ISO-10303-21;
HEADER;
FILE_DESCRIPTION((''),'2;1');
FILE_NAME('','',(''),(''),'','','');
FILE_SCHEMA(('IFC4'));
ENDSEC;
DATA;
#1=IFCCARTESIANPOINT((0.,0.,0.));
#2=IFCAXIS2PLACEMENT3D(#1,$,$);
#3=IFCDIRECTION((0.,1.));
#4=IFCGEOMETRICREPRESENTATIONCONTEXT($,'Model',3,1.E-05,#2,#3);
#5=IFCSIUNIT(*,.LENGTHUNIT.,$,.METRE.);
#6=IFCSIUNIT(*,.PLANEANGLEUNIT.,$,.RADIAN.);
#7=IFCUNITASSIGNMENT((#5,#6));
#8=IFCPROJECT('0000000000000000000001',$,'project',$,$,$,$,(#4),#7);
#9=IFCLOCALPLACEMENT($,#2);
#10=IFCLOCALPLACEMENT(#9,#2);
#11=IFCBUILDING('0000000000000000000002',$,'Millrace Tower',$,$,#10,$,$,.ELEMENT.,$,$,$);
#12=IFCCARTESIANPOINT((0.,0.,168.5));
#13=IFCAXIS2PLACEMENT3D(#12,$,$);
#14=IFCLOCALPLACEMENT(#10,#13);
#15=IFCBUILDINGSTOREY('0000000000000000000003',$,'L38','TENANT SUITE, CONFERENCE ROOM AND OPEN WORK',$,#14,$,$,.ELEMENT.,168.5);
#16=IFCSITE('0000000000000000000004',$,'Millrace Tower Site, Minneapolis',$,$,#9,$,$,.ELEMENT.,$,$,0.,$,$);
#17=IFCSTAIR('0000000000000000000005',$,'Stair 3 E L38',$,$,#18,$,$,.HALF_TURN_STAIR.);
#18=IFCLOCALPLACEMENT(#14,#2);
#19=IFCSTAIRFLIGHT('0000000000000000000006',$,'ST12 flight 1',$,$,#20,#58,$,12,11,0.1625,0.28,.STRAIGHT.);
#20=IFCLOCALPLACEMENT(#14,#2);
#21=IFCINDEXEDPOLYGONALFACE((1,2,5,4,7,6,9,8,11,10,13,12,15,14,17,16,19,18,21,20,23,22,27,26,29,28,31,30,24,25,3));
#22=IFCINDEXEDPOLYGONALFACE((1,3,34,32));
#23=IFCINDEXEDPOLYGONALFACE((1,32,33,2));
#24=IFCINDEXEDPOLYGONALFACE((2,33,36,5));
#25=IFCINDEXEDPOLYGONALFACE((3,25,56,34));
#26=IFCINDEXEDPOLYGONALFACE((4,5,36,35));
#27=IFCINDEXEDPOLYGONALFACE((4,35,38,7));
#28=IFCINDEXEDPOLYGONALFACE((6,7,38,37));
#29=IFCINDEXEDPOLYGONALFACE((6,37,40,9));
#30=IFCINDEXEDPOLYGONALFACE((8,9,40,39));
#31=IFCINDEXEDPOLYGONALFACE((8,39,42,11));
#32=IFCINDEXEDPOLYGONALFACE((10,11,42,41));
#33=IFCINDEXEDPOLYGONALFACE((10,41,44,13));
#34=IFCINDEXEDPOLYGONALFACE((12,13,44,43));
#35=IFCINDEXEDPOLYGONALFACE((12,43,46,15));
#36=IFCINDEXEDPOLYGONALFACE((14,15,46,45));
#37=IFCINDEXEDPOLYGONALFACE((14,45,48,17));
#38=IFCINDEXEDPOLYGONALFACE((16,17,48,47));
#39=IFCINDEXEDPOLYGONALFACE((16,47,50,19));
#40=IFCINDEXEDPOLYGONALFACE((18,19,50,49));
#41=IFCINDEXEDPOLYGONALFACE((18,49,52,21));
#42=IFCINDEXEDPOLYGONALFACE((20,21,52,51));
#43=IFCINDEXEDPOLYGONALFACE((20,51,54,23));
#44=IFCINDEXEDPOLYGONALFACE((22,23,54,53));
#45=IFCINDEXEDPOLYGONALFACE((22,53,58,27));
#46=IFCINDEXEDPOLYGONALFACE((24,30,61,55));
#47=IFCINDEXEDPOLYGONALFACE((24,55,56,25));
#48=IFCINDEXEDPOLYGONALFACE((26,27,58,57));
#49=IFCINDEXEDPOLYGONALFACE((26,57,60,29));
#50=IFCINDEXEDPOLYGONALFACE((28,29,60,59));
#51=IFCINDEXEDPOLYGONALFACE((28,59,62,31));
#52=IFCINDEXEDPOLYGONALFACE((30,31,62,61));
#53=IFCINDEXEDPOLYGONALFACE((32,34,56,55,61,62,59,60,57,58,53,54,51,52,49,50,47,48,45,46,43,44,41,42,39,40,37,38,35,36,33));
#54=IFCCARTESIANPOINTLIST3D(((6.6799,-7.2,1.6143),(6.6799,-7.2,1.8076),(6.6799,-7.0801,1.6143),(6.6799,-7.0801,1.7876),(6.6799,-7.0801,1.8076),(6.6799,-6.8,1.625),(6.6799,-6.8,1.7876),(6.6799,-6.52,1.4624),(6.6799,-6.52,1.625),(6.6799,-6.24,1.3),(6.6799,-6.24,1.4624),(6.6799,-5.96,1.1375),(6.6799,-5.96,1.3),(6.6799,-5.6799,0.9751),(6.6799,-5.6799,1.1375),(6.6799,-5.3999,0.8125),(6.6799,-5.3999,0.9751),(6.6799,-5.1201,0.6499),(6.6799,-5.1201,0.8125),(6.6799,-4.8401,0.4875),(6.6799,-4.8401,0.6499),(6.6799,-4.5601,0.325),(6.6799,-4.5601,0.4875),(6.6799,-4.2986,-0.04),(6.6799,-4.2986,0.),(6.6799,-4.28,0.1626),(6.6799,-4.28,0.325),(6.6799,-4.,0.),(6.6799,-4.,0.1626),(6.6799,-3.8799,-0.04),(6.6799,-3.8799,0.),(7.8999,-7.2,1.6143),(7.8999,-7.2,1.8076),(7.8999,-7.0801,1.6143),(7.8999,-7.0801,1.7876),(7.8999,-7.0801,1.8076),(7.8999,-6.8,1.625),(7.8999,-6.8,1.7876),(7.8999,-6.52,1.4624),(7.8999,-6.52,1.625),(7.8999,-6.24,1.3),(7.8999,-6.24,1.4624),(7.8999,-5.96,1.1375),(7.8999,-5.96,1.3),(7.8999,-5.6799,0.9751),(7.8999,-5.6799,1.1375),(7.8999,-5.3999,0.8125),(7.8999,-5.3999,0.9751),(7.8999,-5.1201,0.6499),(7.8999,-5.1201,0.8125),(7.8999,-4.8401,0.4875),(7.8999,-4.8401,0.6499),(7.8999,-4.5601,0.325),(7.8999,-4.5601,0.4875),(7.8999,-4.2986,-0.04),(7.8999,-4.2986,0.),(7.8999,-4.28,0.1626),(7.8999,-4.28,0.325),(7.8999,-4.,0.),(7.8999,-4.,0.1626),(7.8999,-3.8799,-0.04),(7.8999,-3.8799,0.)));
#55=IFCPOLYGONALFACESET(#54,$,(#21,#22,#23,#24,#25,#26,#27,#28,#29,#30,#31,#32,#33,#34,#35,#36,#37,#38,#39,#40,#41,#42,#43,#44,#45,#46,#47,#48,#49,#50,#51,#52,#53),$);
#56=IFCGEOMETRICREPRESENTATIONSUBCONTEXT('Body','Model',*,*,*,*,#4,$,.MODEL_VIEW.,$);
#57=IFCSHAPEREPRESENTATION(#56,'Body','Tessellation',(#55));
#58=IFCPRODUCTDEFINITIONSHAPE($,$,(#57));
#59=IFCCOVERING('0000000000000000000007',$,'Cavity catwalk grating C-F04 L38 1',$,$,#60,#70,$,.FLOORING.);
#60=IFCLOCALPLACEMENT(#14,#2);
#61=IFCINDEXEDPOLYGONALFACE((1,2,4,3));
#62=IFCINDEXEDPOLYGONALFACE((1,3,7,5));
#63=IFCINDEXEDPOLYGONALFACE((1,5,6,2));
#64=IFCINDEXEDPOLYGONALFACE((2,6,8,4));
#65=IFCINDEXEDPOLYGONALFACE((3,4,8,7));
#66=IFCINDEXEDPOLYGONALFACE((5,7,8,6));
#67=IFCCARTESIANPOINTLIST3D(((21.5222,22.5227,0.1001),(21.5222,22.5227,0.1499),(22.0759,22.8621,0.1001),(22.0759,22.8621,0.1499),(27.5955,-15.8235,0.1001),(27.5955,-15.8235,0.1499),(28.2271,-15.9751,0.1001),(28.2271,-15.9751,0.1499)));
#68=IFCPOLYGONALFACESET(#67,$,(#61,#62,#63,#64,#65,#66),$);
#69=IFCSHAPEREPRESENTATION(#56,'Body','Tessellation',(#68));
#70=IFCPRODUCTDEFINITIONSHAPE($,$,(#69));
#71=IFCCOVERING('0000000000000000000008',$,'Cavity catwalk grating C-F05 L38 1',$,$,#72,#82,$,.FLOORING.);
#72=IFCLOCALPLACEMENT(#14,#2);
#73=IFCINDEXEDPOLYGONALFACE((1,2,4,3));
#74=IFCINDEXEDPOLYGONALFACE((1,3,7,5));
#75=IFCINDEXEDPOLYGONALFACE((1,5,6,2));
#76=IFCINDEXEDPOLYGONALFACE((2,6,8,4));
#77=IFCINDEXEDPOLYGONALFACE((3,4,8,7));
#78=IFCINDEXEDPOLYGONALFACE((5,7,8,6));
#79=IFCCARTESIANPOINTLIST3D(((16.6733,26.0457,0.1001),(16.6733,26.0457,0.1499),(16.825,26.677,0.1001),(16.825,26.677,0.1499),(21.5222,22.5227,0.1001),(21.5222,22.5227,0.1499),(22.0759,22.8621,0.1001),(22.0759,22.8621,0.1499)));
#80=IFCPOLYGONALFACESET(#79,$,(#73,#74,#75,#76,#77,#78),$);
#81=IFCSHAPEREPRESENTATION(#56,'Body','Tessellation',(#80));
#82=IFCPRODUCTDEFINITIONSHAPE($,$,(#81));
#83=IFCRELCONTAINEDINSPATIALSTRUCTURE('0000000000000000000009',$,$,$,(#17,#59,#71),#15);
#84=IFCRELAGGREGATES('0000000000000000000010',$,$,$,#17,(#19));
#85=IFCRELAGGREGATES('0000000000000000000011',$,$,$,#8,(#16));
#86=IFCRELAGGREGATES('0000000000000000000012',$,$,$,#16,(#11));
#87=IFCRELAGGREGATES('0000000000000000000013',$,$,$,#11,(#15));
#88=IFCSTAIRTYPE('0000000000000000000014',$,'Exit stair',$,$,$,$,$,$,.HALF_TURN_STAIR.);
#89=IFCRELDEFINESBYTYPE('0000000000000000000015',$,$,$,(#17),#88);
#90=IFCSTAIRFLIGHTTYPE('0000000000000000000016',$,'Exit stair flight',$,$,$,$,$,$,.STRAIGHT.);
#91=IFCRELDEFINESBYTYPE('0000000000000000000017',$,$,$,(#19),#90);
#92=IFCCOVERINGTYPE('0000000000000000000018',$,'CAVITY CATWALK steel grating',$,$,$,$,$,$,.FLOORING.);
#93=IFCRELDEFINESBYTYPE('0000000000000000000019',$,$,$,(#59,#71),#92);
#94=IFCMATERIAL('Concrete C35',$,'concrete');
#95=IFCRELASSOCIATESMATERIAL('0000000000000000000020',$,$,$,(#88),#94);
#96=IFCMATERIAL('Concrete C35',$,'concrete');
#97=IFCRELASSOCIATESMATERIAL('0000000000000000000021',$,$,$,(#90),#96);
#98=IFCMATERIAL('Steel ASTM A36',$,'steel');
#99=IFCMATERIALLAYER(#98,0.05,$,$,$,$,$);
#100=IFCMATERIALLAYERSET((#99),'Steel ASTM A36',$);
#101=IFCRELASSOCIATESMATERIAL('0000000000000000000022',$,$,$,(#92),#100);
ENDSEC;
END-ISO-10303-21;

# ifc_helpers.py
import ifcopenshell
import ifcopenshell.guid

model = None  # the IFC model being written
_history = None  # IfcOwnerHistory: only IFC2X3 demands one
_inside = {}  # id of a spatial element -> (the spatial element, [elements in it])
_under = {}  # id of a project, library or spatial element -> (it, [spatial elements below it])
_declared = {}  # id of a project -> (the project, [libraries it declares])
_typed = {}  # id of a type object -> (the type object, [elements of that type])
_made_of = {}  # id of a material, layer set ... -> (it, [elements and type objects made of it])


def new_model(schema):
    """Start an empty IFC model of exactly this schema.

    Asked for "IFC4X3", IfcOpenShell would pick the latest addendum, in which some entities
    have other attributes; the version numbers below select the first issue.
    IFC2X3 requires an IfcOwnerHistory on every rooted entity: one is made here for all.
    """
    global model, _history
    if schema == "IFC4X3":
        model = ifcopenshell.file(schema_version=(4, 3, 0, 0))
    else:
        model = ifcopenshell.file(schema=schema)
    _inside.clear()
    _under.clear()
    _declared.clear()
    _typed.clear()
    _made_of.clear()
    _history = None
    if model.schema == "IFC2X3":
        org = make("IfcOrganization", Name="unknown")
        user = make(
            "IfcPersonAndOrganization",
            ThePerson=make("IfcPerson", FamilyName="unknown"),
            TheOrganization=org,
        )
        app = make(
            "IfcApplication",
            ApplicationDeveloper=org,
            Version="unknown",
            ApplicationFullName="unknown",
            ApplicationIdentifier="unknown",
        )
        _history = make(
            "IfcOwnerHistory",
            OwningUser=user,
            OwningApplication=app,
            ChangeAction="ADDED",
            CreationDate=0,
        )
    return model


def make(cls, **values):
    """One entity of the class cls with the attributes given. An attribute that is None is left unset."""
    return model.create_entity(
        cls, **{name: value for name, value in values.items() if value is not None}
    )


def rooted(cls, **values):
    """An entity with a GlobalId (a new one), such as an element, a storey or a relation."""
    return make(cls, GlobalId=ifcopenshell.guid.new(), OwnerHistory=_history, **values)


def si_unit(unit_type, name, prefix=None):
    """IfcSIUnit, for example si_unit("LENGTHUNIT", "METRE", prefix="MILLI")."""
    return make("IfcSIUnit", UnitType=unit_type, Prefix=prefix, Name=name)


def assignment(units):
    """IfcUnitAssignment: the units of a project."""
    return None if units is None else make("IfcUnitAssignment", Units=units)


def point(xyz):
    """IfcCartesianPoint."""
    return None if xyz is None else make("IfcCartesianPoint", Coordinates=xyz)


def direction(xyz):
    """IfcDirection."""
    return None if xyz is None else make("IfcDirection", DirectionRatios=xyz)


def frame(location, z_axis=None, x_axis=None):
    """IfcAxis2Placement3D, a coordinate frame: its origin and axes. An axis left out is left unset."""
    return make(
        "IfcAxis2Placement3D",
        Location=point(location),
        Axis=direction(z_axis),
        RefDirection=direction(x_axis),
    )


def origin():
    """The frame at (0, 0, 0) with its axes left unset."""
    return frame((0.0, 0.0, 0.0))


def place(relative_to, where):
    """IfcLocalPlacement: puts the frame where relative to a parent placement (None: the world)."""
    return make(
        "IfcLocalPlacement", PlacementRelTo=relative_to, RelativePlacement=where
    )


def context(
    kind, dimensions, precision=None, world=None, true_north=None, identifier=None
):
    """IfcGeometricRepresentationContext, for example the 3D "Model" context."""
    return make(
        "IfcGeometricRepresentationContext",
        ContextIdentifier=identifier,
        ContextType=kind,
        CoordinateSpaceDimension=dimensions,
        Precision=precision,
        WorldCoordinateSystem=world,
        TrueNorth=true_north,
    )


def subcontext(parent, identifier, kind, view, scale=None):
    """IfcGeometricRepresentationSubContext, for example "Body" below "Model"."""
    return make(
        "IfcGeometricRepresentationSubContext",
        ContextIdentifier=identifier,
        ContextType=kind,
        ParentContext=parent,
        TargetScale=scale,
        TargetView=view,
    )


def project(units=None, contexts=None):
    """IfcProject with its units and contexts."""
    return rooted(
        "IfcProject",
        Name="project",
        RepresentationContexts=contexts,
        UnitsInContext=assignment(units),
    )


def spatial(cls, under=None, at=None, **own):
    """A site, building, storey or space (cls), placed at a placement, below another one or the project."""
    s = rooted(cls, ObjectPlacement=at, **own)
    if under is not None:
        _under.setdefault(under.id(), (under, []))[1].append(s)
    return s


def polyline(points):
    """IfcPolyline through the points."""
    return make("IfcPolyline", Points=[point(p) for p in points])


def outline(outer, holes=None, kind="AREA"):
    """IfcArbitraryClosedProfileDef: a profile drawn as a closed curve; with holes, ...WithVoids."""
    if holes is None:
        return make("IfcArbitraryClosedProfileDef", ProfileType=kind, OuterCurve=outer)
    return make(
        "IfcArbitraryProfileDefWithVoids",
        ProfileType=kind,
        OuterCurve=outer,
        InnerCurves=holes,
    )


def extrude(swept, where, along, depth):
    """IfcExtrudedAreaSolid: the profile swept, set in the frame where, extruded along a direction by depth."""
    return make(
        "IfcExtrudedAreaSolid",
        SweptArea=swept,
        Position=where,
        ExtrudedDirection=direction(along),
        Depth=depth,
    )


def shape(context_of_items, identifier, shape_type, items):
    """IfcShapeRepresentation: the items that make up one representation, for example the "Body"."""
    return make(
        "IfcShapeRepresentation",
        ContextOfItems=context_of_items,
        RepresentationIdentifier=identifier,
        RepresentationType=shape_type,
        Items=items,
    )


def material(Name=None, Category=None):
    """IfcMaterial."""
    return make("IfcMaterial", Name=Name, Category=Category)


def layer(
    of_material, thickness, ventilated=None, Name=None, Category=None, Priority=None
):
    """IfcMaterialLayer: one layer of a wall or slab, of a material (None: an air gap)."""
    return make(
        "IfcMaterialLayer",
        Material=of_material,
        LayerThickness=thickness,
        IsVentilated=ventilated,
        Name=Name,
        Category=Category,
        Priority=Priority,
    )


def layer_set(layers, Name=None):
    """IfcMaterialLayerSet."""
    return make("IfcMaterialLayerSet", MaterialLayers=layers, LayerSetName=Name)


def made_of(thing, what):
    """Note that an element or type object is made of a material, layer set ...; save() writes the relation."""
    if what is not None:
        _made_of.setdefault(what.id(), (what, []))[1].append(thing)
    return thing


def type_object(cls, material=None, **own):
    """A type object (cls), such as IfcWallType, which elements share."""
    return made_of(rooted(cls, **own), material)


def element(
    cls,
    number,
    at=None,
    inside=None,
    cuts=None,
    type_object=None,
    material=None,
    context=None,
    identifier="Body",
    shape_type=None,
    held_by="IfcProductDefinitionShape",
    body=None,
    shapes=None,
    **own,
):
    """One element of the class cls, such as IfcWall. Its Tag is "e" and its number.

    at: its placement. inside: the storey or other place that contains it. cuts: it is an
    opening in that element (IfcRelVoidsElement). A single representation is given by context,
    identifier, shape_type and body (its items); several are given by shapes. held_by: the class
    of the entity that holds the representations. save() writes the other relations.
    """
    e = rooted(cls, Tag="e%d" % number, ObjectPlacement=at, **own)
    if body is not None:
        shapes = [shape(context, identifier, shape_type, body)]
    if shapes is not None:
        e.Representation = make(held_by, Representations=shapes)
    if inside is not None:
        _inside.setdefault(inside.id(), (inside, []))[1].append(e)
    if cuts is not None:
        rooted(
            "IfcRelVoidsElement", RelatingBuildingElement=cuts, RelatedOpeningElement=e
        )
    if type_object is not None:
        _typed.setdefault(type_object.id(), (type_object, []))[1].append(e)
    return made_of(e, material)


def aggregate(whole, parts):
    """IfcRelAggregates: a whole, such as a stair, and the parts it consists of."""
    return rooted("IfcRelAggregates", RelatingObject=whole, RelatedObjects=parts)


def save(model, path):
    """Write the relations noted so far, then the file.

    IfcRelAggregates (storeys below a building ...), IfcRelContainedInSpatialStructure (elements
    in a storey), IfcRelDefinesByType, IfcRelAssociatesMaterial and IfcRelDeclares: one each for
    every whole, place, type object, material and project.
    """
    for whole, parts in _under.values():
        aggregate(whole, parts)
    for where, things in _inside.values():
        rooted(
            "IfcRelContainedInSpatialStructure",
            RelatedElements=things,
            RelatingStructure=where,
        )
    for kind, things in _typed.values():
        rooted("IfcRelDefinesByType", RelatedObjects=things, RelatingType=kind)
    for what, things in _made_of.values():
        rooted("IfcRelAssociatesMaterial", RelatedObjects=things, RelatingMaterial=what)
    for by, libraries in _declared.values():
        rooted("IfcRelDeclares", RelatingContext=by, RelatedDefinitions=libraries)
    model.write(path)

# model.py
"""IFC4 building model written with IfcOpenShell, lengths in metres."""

from ifc_helpers import new_model, si_unit, direction, frame, origin, place, context, subcontext, project, spatial, polyline, outline, extrude, material, layer, layer_set, type_object, element, aggregate, save


model = new_model("IFC4")

# Units and contexts
model_context = context("Model", 3, precision=1e-05, world=origin(), true_north=direction((0.0, 1.0)))
body_context = subcontext(model_context, "Body", "Model", "MODEL_VIEW")
ifc_project = project(units=[si_unit("LENGTHUNIT", "METRE"), si_unit("PLANEANGLEUNIT", "RADIAN")], contexts=[model_context])

# Site, building, storey
site_placement = place(None, origin())
site = spatial("IfcSite", under=ifc_project, at=site_placement, Name="Millrace Tower Site, Minneapolis", CompositionType="ELEMENT", RefElevation=0.0)
building_placement = place(site_placement, origin())
building = spatial("IfcBuilding", under=site, at=building_placement, Name="Millrace Tower", CompositionType="ELEMENT")
storey_placement = place(building_placement, frame((0.0, 0.0, 168.5)))
storey = spatial("IfcBuildingStorey", under=building, at=storey_placement, Name="L38", Description="TENANT SUITE, CONFERENCE ROOM AND OPEN WORK", CompositionType="ELEMENT", Elevation=168.5)

# Shared definitions
placement_1 = place(storey_placement, origin())

# Stair, stair flight
ifc_material_1 = material(Name="Concrete C35", Category="concrete")
stair_type = type_object("IfcStairType", Name="Exit stair", PredefinedType="HALF_TURN_STAIR", material=ifc_material_1)
ifc_material_2 = material(Name="Concrete C35", Category="concrete")
stair_flight_type = type_object("IfcStairFlightType", Name="Exit stair flight", PredefinedType="STRAIGHT", material=ifc_material_2)
stair_1 = element("IfcStair", 1, at=placement_1, inside=storey, type_object=stair_type, Name="Stair 3 E L38", PredefinedType="HALF_TURN_STAIR")
stair_flight_1_placement = place(storey_placement, frame((7.29, -4.0, 0.0), z_axis=(0.0, 0.0, 1.0), x_axis=(0.0, -1.0, 0.0)))
stair_flight_1 = element("IfcStairFlight", 2, at=stair_flight_1_placement, type_object=stair_flight_type, Name="ST12 flight 1", NumberOfRisers=12, NumberOfTreads=11, PredefinedType="STRAIGHT", RiserHeight=0.1625, TreadLength=0.28, context=body_context, shape_type="SweptSolid", body=[
    extrude(outline(polyline([(-0.1201, -0.04), (-0.1201, 0.0), (0.0, 0.0), (0.0, 0.1626), (0.28, 0.1626), (0.28, 0.325), (0.5601, 0.325), (0.5601, 0.4875), (0.8401, 0.4875), (0.8401, 0.6499), (1.1201, 0.6499), (1.1201, 0.8125), (1.3999, 0.8125), (1.3999, 0.9751), (1.6799, 0.9751), (1.6799, 1.1375), (1.96, 1.1375), (1.96, 1.3), (2.24, 1.3), (2.24, 1.4624), (2.52, 1.4624), (2.52, 1.625), (2.8, 1.625), (2.8, 1.7876), (3.0801, 1.7876), (3.0801, 1.8076), (3.2, 1.8076), (3.2, 1.6143), (3.0801, 1.6143), (0.2986, 0.0), (0.2986, -0.04), (-0.1201, -0.04)])), frame((0.0, 0.6099, 0.0), z_axis=(0.0, -1.0, 0.0), x_axis=(1.0, 0.0, 0.0)), (0.0, 0.0, 1.0), 1.22),
])
aggregate(stair_1, [stair_flight_1])

# Coverings
ifc_material_3 = material(Name="Steel ASTM A36", Category="steel")
ifc_layer_1 = layer(ifc_material_3, 0.05)
ifc_layer_set_1 = layer_set([ifc_layer_1], Name="Steel ASTM A36")
covering_type = type_object("IfcCoveringType", Name="CAVITY CATWALK steel grating", PredefinedType="FLOORING", material=ifc_layer_set_1)
placement_2 = place(storey_placement, frame((0.0, 0.0, 0.1001)))
element("IfcCovering", 3, at=placement_2, inside=storey, type_object=covering_type, Name="Cavity catwalk grating C-F04 L38 1", PredefinedType="FLOORING", context=body_context, shape_type="SweptSolid", body=[
    extrude(outline(polyline([(28.2271, -15.9751), (22.0759, 22.8621), (21.5222, 22.5227), (27.5955, -15.8235), (28.2271, -15.9751)])), origin(), (0.0, 0.0, 1.0), 0.0498),
])
element("IfcCovering", 4, at=placement_2, inside=storey, type_object=covering_type, Name="Cavity catwalk grating C-F05 L38 1", PredefinedType="FLOORING", context=body_context, shape_type="SweptSolid", body=[
    extrude(outline(polyline([(22.0759, 22.8621), (16.825, 26.677), (16.6733, 26.0457), (21.5222, 22.5227), (22.0759, 22.8621)])), origin(), (0.0, 0.0, 1.0), 0.0498),
])

save(model, "model.ifc")
